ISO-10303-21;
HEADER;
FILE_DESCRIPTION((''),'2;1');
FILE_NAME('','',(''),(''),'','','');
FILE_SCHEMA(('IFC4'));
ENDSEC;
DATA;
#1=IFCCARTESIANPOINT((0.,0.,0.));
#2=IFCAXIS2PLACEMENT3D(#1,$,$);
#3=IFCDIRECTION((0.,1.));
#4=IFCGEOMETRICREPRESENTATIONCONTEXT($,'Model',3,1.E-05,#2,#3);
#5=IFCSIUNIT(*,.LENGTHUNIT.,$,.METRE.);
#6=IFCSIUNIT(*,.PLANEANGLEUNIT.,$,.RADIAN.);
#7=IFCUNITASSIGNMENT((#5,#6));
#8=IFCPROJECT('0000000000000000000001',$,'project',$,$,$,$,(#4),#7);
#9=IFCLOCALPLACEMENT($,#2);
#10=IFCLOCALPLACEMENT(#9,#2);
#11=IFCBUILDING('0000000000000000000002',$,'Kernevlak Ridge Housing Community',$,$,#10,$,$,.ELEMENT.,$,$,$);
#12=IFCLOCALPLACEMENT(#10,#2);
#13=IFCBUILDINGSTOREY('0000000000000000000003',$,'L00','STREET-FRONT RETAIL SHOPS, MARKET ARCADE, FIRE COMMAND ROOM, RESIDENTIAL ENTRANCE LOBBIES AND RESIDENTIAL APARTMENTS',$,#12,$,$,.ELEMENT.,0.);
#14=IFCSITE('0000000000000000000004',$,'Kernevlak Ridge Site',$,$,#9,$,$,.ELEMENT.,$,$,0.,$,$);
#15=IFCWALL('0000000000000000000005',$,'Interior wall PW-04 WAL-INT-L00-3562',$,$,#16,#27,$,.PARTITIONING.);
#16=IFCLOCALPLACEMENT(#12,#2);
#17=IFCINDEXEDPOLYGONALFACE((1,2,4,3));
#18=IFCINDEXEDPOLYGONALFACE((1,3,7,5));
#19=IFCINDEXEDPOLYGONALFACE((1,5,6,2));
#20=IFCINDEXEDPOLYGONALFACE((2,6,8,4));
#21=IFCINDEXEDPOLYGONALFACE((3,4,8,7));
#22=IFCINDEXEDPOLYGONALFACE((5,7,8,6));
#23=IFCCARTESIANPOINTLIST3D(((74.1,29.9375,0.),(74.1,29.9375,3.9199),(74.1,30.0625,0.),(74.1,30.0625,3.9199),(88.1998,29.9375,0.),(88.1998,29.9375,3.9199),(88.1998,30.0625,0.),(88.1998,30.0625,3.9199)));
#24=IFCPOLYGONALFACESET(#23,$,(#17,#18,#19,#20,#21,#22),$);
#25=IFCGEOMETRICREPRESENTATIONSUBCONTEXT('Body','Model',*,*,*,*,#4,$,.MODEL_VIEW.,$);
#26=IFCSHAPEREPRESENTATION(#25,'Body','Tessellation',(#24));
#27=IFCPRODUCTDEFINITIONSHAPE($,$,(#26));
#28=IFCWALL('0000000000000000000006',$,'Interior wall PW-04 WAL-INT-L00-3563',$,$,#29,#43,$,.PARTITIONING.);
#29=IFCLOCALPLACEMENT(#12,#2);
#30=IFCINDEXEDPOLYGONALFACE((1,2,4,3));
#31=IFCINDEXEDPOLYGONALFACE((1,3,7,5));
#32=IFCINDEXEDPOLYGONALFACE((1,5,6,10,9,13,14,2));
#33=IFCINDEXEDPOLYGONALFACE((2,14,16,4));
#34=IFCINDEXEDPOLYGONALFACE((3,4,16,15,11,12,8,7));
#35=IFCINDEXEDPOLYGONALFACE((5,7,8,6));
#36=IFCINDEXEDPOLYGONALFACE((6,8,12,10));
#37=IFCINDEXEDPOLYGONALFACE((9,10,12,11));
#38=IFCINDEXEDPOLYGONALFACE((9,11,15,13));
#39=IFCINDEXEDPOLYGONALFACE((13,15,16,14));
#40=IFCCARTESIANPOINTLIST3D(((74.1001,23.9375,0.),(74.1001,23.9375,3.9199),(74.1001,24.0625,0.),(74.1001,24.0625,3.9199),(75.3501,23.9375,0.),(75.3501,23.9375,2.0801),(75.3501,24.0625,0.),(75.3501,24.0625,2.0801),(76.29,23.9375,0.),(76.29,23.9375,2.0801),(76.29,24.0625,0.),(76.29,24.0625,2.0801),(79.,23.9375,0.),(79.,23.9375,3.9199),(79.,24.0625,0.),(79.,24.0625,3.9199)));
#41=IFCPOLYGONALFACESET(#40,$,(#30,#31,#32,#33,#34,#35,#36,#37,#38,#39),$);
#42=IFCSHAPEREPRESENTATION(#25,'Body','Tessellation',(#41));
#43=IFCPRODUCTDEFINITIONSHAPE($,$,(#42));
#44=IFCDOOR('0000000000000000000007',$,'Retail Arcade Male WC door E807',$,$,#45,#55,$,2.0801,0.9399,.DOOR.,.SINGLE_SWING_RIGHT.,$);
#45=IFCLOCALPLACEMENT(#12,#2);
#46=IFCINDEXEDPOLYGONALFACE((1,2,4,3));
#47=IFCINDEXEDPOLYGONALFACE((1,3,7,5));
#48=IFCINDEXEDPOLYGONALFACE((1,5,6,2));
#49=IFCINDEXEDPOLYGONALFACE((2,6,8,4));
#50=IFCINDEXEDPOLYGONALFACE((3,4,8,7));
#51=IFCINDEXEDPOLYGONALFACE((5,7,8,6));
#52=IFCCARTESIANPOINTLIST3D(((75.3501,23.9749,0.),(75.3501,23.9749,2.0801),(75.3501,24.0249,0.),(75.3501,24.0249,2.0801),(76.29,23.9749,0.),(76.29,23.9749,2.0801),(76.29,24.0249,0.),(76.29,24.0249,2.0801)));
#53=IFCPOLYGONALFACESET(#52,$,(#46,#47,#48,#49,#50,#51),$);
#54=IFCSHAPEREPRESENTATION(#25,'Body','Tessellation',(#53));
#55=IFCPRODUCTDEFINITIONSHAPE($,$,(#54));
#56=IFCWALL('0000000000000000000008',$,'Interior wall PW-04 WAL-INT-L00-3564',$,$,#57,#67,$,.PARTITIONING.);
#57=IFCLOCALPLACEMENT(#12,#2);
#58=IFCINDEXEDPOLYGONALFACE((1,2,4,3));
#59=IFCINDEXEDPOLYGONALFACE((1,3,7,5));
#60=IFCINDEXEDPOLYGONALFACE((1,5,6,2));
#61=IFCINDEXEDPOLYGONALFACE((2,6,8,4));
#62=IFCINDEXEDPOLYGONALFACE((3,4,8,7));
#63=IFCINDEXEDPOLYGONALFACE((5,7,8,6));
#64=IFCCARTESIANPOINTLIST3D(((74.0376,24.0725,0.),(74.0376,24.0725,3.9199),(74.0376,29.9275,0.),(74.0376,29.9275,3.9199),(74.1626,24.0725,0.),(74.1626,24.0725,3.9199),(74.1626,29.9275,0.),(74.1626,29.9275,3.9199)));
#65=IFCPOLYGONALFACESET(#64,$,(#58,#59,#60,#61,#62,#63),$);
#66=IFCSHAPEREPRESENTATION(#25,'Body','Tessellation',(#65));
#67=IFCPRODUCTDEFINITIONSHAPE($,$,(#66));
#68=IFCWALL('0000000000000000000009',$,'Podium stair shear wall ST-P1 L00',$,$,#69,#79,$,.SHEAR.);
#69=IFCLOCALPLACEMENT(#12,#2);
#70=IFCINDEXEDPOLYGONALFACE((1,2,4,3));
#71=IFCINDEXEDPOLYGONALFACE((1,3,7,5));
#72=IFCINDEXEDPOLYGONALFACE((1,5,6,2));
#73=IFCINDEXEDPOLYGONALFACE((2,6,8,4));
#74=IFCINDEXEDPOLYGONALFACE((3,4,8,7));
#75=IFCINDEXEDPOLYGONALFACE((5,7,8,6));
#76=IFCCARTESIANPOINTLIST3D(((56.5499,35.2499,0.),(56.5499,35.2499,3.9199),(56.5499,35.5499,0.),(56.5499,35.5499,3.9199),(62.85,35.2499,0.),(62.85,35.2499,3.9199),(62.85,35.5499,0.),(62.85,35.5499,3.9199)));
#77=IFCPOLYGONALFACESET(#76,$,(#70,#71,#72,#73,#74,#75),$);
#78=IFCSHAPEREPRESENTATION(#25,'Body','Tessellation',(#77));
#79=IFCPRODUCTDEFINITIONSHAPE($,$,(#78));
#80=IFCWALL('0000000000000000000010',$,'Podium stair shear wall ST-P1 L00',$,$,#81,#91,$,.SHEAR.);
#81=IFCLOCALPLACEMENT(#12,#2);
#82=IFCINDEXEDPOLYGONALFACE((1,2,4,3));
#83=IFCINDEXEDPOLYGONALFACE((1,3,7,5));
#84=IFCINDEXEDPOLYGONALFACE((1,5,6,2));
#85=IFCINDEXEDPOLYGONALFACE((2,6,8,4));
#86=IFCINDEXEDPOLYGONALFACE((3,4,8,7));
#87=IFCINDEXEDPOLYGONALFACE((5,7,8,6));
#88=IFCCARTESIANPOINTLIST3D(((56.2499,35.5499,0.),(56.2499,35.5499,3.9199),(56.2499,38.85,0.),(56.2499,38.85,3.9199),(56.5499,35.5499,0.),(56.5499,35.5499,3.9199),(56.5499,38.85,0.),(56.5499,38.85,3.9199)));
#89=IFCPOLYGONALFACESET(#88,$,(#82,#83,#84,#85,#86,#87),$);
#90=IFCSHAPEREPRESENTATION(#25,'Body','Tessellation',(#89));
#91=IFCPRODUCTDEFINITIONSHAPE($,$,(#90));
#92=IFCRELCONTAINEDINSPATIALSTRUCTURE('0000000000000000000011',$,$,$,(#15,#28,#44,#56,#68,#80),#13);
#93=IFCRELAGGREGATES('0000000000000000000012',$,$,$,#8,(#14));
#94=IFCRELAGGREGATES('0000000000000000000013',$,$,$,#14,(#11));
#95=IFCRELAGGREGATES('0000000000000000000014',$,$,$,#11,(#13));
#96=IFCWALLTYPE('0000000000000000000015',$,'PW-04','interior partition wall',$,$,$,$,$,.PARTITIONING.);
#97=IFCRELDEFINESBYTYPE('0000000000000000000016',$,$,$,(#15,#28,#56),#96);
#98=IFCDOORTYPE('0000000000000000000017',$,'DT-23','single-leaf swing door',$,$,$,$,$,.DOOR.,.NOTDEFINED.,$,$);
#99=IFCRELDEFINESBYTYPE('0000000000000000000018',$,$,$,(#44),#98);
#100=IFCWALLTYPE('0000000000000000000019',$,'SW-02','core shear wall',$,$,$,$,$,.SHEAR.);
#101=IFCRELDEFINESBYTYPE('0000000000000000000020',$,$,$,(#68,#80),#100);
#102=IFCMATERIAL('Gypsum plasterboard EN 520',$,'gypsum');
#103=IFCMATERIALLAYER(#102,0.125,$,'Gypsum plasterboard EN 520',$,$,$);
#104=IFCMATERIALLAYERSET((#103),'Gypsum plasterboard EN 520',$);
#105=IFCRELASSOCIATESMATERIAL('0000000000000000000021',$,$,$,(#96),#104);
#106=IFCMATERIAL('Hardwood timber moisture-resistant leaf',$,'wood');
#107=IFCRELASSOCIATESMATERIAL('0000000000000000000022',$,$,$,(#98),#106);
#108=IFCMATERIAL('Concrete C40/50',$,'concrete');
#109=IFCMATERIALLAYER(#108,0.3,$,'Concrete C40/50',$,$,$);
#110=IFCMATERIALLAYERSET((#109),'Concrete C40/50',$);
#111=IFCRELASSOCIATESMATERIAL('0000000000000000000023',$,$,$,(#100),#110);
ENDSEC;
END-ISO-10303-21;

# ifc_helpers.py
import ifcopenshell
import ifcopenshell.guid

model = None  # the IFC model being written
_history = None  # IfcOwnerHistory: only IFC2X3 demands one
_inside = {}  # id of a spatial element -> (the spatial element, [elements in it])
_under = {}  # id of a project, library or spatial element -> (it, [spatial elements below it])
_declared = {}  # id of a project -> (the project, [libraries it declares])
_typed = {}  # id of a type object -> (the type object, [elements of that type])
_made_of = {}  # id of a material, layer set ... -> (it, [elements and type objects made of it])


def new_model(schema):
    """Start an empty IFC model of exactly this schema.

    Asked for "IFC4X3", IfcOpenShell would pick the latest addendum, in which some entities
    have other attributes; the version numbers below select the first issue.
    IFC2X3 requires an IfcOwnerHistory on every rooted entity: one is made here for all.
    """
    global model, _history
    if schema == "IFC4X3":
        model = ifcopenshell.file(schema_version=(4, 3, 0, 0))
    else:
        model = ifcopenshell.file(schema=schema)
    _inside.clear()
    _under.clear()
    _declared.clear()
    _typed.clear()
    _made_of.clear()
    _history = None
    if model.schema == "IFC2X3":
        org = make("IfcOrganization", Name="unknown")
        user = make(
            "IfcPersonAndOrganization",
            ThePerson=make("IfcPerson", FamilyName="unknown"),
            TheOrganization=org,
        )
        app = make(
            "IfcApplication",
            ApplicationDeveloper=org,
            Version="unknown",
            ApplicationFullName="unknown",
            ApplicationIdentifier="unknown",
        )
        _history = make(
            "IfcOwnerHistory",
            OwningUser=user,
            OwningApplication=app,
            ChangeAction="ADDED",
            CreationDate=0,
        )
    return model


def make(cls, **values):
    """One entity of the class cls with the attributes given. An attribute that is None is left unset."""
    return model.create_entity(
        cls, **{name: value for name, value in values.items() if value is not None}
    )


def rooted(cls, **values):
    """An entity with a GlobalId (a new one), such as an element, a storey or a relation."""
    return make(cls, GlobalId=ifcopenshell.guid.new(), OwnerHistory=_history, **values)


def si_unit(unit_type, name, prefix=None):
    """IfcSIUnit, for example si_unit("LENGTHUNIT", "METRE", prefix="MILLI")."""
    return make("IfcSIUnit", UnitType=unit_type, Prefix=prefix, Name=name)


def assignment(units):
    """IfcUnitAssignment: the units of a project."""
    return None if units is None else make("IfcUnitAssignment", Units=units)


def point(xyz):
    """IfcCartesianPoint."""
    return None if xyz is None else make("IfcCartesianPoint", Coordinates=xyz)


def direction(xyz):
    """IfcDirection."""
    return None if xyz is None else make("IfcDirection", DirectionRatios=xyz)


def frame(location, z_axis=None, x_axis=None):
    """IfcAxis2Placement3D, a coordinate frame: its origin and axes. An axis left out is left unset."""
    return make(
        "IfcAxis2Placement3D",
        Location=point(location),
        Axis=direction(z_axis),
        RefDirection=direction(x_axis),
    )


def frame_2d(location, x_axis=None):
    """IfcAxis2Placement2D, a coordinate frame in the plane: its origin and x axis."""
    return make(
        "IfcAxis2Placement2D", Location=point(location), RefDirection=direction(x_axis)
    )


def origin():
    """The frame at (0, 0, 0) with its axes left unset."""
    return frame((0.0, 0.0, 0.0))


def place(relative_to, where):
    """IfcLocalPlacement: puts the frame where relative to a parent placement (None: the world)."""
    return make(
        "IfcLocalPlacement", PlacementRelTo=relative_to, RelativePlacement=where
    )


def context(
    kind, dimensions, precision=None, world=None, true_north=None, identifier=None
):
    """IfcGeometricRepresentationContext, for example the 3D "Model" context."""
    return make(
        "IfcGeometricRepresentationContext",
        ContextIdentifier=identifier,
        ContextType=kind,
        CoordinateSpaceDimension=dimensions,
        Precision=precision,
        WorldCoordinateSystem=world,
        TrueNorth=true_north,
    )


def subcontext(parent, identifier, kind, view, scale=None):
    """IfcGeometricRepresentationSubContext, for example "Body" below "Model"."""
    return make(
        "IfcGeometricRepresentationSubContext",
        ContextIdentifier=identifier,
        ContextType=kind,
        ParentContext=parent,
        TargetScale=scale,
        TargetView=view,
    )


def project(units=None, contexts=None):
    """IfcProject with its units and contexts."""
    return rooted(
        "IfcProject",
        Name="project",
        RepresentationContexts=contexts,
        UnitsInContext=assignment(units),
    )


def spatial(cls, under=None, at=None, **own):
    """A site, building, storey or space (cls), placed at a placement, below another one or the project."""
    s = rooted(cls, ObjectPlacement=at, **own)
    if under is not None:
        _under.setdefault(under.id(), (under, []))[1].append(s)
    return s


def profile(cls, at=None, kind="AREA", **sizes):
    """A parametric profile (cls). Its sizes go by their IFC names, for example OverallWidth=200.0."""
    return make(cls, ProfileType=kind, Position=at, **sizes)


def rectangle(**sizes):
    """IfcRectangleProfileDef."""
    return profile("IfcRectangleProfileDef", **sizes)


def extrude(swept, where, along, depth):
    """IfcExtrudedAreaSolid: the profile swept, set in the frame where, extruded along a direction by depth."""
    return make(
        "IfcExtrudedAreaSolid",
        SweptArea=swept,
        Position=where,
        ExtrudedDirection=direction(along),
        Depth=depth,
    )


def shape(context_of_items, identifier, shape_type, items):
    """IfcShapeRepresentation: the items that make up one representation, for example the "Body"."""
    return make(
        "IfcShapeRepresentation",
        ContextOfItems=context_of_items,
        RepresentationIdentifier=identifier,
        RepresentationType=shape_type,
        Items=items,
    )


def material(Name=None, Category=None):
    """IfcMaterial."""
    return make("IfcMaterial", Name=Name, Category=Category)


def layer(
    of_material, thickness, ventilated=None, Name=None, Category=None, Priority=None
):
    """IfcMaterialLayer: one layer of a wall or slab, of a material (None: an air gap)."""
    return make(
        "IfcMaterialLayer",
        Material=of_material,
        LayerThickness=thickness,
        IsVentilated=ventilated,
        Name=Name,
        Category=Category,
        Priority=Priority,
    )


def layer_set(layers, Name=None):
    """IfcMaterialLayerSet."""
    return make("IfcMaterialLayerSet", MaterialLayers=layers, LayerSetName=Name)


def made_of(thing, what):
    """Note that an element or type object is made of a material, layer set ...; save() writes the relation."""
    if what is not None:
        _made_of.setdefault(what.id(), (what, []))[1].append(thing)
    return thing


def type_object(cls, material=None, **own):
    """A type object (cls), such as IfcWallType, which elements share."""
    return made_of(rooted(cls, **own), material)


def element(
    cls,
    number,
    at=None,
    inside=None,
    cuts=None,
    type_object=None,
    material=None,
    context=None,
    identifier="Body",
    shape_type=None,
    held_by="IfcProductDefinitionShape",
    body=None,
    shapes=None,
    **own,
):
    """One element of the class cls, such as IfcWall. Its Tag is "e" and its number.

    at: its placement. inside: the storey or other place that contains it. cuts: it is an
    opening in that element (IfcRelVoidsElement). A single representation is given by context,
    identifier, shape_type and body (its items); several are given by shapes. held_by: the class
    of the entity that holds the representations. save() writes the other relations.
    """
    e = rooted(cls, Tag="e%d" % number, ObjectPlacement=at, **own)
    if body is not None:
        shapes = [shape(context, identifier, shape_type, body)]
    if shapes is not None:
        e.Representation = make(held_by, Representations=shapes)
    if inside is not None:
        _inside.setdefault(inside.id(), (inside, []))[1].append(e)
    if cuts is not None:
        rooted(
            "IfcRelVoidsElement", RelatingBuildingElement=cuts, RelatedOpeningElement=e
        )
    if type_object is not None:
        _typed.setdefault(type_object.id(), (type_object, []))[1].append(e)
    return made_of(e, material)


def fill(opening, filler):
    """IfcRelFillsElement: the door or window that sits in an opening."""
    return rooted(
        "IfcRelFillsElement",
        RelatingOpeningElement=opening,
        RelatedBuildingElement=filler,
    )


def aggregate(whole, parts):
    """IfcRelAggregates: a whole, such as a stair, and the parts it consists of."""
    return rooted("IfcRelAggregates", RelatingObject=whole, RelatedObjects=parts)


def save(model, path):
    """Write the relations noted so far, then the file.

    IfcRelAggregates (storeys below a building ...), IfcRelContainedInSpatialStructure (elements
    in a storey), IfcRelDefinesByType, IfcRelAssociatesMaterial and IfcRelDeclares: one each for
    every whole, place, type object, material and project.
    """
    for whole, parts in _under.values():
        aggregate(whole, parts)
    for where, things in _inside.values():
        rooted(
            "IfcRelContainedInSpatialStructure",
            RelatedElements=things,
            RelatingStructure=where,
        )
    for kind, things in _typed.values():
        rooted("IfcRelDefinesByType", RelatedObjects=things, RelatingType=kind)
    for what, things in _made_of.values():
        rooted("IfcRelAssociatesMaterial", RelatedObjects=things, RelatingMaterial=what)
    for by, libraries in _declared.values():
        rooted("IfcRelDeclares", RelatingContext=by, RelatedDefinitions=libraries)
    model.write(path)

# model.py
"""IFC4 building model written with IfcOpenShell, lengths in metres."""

from ifc_helpers import new_model, si_unit, direction, frame, frame_2d, origin, place, context, subcontext, project, spatial, rectangle, extrude, material, layer, layer_set, type_object, element, fill, save


model = new_model("IFC4")

# Units and contexts
model_context = context("Model", 3, precision=1e-05, world=origin(), true_north=direction((0.0, 1.0)))
body_context = subcontext(model_context, "Body", "Model", "MODEL_VIEW")
ifc_project = project(units=[si_unit("LENGTHUNIT", "METRE"), si_unit("PLANEANGLEUNIT", "RADIAN")], contexts=[model_context])

# Site, building, storey
site_placement = place(None, origin())
site = spatial("IfcSite", under=ifc_project, at=site_placement, Name="Kernevlak Ridge Site", CompositionType="ELEMENT", RefElevation=0.0)
building_placement = place(site_placement, origin())
building = spatial("IfcBuilding", under=site, at=building_placement, Name="Kernevlak Ridge Housing Community", CompositionType="ELEMENT")
storey_placement = place(building_placement, origin())
storey = spatial("IfcBuildingStorey", under=building, at=storey_placement, Name="L00", Description="STREET-FRONT RETAIL SHOPS, MARKET ARCADE, FIRE COMMAND ROOM, RESIDENTIAL ENTRANCE LOBBIES AND RESIDENTIAL APARTMENTS", CompositionType="ELEMENT", Elevation=0.0)

# Wall
ifc_material_1 = material(Name="Gypsum plasterboard EN 520", Category="gypsum")
ifc_layer_1 = layer(ifc_material_1, 0.125, Name="Gypsum plasterboard EN 520")
ifc_layer_set_1 = layer_set([ifc_layer_1], Name="Gypsum plasterboard EN 520")
wall_type_1 = type_object("IfcWallType", Name="PW-04", Description="interior partition wall", PredefinedType="PARTITIONING", material=ifc_layer_set_1)
wall_1_placement = place(storey_placement, frame((74.1001, 30.0, 0.0), z_axis=(0.0, 0.0, 1.0), x_axis=(1.0, 0.0, 0.0)))
element("IfcWall", 1, at=wall_1_placement, inside=storey, type_object=wall_type_1, Name="Interior wall PW-04 WAL-INT-L00-3562", PredefinedType="PARTITIONING", context=body_context, shape_type="SweptSolid", body=[
    extrude(rectangle(XDim=14.0999, YDim=0.125, at=frame_2d((7.0498, 0.0))), origin(), (0.0, 0.0, 1.0), 3.9199),
])

# Wall, opening, door
wall_2_placement = place(storey_placement, frame((74.1001, 24.0, 0.0), z_axis=(0.0, 0.0, 1.0), x_axis=(1.0, 0.0, 0.0)))
wall_2 = element("IfcWall", 2, at=wall_2_placement, inside=storey, type_object=wall_type_1, Name="Interior wall PW-04 WAL-INT-L00-3563", PredefinedType="PARTITIONING", context=body_context, shape_type="SweptSolid", body=[
    extrude(rectangle(XDim=4.8999, YDim=0.125, at=frame_2d((2.45, 0.0))), origin(), (0.0, 0.0, 1.0), 3.9199),
])
opening_placement = place(wall_2_placement, frame((1.25, 0.0, 0.0)))
opening = element("IfcOpeningElement", 3, at=opening_placement, cuts=wall_2, PredefinedType="OPENING", context=body_context, shape_type="SweptSolid", body=[
    extrude(rectangle(XDim=0.9399, YDim=2.0801, at=frame_2d((0.47, 1.04))), frame((0.0, 0.0725, 0.0), z_axis=(0.0, -1.0, 0.0), x_axis=(1.0, 0.0, 0.0)), (0.0, 0.0, 1.0), 0.145),
])
ifc_material_2 = material(Name="Hardwood timber moisture-resistant leaf", Category="wood")
door_type = type_object("IfcDoorType", Name="DT-23", Description="single-leaf swing door", OperationType="NOTDEFINED", PredefinedType="DOOR", material=ifc_material_2)
door_placement = place(opening_placement, origin())
door = element("IfcDoor", 4, at=door_placement, inside=storey, type_object=door_type, Name="Retail Arcade Male WC door E807", OperationType="SINGLE_SWING_RIGHT", OverallHeight=2.0801, OverallWidth=0.9399, PredefinedType="DOOR", context=body_context, shape_type="SweptSolid", body=[
    extrude(rectangle(XDim=0.9399, YDim=2.0801, at=frame_2d((0.47, 1.04))), frame((0.0, 0.0249, 0.0), z_axis=(0.0, -1.0, 0.0), x_axis=(1.0, 0.0, 0.0)), (0.0, 0.0, 1.0), 0.05),
])
fill(opening, door)

# Walls
wall_3_placement = place(storey_placement, frame((74.1001, 24.0725, 0.0), z_axis=(0.0, 0.0, 1.0), x_axis=(0.0, 1.0, 0.0)))
element("IfcWall", 5, at=wall_3_placement, inside=storey, type_object=wall_type_1, Name="Interior wall PW-04 WAL-INT-L00-3564", PredefinedType="PARTITIONING", context=body_context, shape_type="SweptSolid", body=[
    extrude(rectangle(XDim=5.855, YDim=0.125, at=frame_2d((2.9275, 0.0))), origin(), (0.0, 0.0, 1.0), 3.9199),
])
ifc_material_3 = material(Name="Concrete C40/50", Category="concrete")
ifc_layer_2 = layer(ifc_material_3, 0.3, Name="Concrete C40/50")
ifc_layer_set_2 = layer_set([ifc_layer_2], Name="Concrete C40/50")
wall_type_2 = type_object("IfcWallType", Name="SW-02", Description="core shear wall", PredefinedType="SHEAR", material=ifc_layer_set_2)
wall_4_placement = place(storey_placement, frame((56.55, 35.3999, 0.0), z_axis=(0.0, 0.0, 1.0), x_axis=(1.0, 0.0, 0.0)))
element("IfcWall", 6, at=wall_4_placement, inside=storey, type_object=wall_type_2, Name="Podium stair shear wall ST-P1 L00", PredefinedType="SHEAR", context=body_context, shape_type="SweptSolid", body=[
    extrude(rectangle(XDim=6.3, YDim=0.3, at=frame_2d((3.1499, 0.0))), origin(), (0.0, 0.0, 1.0), 3.9199),
])
wall_5_placement = place(storey_placement, frame((56.3999, 35.55, 0.0), z_axis=(0.0, 0.0, 1.0), x_axis=(0.0, 1.0, 0.0)))
element("IfcWall", 7, at=wall_5_placement, inside=storey, type_object=wall_type_2, Name="Podium stair shear wall ST-P1 L00", PredefinedType="SHEAR", context=body_context, shape_type="SweptSolid", body=[
    extrude(rectangle(XDim=3.3, YDim=0.3, at=frame_2d((1.6499, 0.0))), origin(), (0.0, 0.0, 1.0), 3.9199),
])

save(model, "model.ifc")
